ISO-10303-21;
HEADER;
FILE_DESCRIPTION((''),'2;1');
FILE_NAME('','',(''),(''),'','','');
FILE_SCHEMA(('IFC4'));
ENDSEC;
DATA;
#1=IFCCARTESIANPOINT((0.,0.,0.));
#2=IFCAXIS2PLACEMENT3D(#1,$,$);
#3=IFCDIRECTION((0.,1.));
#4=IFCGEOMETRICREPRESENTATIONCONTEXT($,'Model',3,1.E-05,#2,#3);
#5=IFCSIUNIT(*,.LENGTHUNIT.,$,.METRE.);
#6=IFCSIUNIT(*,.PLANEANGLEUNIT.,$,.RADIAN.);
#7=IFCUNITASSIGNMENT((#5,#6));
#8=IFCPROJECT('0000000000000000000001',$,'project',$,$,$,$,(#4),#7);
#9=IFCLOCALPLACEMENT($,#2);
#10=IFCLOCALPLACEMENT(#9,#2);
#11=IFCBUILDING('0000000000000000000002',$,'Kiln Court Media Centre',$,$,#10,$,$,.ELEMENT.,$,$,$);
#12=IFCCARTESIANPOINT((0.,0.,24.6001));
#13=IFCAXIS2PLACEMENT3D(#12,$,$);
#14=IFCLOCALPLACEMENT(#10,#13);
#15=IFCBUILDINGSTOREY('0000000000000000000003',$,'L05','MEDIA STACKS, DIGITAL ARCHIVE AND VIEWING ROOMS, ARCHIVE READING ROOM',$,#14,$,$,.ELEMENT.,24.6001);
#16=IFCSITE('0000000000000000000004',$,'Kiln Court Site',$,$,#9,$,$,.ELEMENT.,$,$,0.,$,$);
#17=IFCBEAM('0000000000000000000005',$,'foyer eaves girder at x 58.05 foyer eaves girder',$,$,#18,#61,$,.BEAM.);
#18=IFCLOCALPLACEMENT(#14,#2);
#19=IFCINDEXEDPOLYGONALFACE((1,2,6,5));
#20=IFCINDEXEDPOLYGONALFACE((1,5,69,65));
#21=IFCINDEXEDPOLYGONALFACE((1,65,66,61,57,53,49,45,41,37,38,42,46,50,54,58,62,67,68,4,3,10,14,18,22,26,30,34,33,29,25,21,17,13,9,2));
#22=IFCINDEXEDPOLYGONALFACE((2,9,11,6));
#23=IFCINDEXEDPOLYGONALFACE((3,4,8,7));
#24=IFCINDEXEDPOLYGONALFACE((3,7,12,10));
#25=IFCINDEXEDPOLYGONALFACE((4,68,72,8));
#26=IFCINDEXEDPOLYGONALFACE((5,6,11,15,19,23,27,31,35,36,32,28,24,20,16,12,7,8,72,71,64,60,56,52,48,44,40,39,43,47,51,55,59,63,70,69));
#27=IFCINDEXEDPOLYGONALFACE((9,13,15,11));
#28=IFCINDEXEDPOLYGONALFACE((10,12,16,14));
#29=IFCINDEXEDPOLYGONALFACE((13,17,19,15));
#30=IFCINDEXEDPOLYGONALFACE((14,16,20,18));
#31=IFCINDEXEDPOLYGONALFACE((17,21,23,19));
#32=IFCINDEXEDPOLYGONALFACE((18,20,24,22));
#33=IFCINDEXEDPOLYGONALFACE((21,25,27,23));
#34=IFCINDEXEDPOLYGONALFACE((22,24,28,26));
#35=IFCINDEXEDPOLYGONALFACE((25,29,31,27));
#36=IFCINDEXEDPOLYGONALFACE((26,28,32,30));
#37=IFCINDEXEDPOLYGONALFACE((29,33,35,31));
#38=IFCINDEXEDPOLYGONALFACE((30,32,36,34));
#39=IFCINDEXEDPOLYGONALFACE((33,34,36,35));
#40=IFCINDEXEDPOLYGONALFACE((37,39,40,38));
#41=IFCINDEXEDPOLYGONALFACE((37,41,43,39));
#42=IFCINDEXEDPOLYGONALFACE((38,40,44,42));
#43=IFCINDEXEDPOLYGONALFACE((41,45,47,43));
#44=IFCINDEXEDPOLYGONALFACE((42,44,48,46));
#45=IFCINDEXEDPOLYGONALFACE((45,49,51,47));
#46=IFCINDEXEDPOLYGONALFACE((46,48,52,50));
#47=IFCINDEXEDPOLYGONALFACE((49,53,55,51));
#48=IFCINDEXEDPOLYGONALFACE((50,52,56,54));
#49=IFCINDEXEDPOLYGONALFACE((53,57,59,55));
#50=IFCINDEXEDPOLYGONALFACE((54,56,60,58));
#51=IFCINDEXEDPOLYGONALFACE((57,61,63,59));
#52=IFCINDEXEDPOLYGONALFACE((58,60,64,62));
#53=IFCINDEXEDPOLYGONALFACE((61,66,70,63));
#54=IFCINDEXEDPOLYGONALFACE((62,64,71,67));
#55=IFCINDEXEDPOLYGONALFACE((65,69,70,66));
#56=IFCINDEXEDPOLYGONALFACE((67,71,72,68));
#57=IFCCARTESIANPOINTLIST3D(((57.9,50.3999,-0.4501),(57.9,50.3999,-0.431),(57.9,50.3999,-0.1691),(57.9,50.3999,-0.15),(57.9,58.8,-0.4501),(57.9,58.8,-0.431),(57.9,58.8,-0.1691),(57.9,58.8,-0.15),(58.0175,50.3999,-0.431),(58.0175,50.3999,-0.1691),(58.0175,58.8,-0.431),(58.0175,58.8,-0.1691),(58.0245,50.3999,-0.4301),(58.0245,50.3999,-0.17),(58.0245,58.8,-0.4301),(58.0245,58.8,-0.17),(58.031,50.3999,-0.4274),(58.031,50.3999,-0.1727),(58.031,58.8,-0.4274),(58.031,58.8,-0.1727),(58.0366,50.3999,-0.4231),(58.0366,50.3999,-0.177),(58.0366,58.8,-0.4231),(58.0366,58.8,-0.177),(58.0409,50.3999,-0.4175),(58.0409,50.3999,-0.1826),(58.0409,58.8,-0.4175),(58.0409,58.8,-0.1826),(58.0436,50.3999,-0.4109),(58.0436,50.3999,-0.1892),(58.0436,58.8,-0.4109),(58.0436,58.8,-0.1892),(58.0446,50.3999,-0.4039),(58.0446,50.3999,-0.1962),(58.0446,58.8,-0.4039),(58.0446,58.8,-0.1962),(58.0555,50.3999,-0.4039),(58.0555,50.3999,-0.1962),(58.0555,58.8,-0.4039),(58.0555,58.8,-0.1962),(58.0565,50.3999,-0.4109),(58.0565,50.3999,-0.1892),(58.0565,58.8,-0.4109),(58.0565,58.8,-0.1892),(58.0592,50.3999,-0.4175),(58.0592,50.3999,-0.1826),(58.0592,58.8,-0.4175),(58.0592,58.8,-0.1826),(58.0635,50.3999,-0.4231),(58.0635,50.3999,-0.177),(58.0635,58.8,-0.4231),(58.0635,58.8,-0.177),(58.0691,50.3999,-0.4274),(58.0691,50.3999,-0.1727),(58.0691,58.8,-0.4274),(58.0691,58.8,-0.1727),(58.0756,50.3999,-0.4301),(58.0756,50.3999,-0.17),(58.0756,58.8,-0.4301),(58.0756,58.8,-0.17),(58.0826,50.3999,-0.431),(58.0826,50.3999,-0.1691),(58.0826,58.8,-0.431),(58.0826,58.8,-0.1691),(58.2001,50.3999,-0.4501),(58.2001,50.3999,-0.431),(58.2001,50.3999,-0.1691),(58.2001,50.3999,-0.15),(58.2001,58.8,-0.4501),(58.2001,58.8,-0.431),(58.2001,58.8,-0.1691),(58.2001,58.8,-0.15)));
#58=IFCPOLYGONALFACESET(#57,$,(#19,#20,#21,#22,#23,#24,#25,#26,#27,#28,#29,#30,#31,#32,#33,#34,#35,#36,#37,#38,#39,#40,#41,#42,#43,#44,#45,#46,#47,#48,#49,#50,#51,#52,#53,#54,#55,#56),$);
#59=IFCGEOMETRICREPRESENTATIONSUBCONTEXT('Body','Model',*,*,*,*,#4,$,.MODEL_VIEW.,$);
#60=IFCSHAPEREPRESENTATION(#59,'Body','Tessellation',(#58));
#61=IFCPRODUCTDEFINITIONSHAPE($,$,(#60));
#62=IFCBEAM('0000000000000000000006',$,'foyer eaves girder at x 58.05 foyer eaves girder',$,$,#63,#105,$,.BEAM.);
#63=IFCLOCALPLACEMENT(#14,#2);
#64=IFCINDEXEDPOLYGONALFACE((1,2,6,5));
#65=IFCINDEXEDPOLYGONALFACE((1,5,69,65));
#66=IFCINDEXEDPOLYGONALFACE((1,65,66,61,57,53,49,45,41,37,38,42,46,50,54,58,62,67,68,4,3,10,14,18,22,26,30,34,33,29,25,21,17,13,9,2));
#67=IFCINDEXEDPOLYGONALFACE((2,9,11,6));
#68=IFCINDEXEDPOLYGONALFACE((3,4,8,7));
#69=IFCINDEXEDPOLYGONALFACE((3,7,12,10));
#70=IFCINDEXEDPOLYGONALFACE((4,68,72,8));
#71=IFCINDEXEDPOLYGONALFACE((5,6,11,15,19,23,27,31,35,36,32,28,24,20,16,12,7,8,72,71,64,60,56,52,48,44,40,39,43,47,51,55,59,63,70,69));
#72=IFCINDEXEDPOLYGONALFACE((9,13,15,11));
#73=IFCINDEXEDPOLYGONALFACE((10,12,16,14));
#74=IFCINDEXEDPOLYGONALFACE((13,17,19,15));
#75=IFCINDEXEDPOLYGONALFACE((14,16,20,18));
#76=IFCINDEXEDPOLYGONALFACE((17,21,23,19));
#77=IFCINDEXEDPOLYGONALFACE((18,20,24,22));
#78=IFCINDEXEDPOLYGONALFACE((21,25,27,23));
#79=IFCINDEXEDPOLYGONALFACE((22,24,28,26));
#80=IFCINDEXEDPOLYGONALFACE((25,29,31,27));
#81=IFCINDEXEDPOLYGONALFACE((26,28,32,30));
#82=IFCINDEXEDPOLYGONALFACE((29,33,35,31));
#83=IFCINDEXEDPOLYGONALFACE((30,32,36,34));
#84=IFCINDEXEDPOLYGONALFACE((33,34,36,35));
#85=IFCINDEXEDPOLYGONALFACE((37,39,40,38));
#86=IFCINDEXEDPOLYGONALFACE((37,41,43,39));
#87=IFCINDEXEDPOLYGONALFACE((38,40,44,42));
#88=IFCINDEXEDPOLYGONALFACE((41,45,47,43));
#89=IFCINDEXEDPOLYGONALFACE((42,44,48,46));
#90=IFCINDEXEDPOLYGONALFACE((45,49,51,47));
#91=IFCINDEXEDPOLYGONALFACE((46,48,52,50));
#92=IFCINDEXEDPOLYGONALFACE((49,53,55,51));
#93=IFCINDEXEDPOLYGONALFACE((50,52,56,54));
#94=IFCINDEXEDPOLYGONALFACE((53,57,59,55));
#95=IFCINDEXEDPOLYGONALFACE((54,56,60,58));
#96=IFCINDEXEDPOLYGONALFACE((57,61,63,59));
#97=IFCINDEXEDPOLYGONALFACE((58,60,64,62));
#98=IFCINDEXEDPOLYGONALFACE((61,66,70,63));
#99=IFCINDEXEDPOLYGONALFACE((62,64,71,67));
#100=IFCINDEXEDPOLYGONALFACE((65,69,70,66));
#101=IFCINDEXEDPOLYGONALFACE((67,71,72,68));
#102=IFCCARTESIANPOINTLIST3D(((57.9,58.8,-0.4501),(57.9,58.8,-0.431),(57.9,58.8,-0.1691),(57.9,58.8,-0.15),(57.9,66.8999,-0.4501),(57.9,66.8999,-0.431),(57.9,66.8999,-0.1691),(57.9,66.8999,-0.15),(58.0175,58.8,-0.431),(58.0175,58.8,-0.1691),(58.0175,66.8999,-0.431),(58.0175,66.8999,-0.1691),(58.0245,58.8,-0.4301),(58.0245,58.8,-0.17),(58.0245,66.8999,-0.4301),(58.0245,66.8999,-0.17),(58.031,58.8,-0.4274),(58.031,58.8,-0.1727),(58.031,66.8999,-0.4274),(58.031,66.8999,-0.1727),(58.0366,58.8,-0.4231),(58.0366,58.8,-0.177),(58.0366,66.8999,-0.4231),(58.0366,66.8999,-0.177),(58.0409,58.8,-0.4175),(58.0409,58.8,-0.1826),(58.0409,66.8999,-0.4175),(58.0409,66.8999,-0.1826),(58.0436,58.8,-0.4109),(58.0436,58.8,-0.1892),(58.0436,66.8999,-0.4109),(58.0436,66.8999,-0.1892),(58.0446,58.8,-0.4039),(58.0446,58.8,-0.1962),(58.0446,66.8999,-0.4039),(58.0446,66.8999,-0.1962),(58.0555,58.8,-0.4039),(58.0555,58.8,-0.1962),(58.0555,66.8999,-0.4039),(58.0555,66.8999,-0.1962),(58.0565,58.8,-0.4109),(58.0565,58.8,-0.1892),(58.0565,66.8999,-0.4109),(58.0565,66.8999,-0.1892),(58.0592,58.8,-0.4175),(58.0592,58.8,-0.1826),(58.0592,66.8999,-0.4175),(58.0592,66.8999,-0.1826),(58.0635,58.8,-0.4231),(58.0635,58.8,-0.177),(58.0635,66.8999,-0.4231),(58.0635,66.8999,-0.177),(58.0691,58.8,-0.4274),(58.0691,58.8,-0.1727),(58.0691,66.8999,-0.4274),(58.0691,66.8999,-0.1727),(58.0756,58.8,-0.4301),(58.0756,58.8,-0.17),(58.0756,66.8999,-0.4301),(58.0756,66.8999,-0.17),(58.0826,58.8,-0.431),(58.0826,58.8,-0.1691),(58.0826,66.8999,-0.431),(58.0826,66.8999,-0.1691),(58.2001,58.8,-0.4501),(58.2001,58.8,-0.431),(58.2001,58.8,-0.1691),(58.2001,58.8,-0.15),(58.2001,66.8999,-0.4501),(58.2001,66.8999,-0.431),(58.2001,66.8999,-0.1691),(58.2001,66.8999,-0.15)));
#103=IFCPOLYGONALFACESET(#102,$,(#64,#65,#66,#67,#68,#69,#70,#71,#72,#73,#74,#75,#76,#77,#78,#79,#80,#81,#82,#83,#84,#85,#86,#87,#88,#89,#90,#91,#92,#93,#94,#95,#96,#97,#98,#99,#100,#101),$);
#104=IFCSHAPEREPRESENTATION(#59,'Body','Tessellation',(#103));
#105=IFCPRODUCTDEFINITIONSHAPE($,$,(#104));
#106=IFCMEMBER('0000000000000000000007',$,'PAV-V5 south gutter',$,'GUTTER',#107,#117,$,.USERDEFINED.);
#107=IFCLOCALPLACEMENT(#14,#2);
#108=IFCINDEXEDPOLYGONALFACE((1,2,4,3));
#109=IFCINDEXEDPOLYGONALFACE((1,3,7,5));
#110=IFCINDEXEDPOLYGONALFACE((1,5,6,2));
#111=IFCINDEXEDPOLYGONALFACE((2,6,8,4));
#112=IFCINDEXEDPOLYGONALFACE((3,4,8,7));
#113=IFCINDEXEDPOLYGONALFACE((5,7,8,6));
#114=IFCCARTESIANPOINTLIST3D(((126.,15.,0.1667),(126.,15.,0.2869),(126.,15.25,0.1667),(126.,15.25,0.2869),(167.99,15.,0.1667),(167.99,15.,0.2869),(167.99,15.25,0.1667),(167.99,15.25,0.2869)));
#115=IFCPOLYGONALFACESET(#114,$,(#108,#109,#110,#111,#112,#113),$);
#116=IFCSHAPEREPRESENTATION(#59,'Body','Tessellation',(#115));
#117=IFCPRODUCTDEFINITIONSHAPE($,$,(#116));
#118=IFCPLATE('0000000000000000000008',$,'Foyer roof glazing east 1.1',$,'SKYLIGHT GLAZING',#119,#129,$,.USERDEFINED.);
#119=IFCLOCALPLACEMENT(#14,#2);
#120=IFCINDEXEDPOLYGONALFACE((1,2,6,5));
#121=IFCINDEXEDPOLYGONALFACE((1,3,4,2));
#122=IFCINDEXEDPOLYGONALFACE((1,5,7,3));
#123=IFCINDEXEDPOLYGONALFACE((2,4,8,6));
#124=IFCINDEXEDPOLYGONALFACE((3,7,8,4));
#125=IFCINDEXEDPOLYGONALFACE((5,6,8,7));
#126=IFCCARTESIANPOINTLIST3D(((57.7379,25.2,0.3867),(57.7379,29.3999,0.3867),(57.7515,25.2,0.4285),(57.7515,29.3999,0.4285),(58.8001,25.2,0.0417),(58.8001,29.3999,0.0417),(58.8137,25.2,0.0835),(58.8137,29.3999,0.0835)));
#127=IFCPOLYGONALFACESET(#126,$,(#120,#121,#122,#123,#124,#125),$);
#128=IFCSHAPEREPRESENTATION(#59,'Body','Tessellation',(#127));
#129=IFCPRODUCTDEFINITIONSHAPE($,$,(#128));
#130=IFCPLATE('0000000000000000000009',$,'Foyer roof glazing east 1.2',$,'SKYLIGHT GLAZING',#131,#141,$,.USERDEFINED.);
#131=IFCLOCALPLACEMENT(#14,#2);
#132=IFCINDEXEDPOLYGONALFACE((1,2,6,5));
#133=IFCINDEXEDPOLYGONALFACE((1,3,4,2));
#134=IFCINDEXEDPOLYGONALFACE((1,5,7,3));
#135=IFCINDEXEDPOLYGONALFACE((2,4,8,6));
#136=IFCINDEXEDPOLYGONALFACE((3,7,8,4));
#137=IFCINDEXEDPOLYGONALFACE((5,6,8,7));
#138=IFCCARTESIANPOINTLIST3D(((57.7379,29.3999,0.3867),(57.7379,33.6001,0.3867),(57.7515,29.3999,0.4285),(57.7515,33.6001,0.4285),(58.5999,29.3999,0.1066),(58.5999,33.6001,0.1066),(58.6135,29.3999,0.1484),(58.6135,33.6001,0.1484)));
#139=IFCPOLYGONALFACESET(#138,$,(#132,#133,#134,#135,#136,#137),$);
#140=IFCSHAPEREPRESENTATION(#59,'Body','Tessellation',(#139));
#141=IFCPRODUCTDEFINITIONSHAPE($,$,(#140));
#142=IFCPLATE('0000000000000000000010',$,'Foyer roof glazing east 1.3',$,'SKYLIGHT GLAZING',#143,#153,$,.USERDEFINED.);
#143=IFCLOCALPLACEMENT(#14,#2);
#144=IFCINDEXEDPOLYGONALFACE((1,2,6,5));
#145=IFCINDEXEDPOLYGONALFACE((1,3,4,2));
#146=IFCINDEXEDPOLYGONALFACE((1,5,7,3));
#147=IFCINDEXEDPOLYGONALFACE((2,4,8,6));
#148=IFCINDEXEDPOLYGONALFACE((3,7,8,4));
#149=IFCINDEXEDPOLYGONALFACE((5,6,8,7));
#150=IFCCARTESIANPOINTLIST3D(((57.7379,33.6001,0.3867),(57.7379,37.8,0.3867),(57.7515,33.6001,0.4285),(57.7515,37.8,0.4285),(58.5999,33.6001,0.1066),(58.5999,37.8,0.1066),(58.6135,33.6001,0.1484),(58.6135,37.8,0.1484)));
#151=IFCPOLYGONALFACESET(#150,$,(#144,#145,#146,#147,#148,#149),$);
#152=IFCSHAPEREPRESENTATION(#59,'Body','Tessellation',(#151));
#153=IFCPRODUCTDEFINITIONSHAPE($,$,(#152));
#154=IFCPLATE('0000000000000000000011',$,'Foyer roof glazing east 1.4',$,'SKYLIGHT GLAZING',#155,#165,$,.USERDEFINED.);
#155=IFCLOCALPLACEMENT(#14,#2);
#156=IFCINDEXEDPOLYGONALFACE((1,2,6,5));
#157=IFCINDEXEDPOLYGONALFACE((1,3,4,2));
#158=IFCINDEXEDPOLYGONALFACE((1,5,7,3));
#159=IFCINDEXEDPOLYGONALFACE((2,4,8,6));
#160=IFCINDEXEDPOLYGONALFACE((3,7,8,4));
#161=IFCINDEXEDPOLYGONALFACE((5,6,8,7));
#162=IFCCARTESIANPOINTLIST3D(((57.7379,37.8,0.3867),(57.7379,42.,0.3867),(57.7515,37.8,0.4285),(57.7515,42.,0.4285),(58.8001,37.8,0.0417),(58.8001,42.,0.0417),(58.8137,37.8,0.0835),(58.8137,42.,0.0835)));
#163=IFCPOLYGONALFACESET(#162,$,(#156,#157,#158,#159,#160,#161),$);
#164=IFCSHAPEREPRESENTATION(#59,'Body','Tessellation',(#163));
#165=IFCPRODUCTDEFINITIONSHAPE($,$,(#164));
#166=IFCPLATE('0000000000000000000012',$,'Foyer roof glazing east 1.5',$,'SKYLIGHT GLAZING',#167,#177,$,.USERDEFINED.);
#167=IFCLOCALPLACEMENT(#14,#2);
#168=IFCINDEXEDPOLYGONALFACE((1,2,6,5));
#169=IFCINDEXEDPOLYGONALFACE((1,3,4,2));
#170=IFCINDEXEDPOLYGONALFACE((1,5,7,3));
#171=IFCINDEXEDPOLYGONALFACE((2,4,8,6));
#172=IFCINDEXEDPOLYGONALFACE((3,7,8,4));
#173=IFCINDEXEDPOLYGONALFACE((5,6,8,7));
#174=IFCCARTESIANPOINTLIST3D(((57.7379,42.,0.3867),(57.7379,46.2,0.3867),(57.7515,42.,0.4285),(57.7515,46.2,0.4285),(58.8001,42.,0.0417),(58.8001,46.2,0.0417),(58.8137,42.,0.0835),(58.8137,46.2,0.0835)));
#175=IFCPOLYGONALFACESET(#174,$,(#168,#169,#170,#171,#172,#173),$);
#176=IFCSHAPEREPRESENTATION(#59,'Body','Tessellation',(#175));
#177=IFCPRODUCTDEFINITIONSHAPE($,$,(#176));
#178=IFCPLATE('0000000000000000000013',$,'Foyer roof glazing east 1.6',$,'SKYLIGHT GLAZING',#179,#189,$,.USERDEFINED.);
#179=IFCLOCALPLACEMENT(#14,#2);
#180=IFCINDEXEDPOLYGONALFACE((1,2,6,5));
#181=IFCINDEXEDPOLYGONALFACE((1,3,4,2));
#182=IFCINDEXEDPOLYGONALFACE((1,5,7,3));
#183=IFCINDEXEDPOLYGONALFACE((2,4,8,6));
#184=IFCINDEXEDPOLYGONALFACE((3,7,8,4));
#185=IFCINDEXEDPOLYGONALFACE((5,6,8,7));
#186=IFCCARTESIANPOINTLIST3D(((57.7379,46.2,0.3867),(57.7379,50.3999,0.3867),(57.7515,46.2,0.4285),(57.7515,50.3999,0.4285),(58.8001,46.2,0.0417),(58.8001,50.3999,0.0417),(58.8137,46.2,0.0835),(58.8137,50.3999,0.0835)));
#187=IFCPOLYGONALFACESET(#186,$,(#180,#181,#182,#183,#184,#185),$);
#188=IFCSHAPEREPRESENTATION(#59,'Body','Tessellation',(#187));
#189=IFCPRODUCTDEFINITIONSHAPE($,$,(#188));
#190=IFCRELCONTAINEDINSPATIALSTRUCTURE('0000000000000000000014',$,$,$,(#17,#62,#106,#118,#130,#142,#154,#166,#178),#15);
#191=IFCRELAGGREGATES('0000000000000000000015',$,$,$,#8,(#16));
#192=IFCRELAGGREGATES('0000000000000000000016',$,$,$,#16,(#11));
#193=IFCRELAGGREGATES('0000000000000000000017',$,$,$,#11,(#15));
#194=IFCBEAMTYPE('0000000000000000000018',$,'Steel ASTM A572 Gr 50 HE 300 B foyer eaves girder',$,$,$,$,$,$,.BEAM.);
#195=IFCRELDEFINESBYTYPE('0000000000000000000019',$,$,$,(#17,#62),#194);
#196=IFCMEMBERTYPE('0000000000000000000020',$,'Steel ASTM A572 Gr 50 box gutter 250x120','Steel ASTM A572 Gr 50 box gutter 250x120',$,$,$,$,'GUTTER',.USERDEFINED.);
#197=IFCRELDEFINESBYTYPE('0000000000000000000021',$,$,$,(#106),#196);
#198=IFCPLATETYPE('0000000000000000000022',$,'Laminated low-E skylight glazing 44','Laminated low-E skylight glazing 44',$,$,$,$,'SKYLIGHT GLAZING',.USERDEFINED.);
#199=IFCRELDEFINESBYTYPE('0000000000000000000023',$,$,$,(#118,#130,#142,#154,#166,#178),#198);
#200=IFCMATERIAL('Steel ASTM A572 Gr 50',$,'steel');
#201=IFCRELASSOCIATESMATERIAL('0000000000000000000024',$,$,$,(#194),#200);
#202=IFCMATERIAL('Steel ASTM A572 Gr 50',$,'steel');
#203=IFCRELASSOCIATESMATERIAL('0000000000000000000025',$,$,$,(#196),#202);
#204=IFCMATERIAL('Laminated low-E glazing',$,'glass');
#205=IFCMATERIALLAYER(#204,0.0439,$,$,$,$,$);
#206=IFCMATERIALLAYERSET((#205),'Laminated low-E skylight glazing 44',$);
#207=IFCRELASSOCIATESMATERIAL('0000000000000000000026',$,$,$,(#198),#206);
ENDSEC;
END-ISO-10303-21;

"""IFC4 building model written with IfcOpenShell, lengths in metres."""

from ifc_helpers import new_model, si_unit, direction, frame, origin, origin_2d, place, context, subcontext, project, spatial, polyline, rectangle, i_section, outline, extrude, material, layer, layer_set, material_profile, profile_set, type_object, element, save


model = new_model("IFC4")

# Units and contexts
model_context = context("Model", 3, precision=1e-05, world=origin(), true_north=direction((0.0, 1.0)))
body_context = subcontext(model_context, "Body", "Model", "MODEL_VIEW")
ifc_project = project(units=[si_unit("LENGTHUNIT", "METRE"), si_unit("PLANEANGLEUNIT", "RADIAN")], contexts=[model_context])

# Site, building, storey
site_placement = place(None, origin())
site = spatial("IfcSite", under=ifc_project, at=site_placement, Name="Kiln Court Site", CompositionType="ELEMENT", RefElevation=0.0)
building_placement = place(site_placement, origin())
building = spatial("IfcBuilding", under=site, at=building_placement, Name="Kiln Court Media Centre", CompositionType="ELEMENT")
storey_placement = place(building_placement, frame((0.0, 0.0, 24.6001)))
storey = spatial("IfcBuildingStorey", under=building, at=storey_placement, Name="L05", Description="MEDIA STACKS, DIGITAL ARCHIVE AND VIEWING ROOMS, ARCHIVE READING ROOM", CompositionType="ELEMENT", Elevation=24.6001)

# Beams
ifc_material_1 = material(Name="Steel ASTM A572 Gr 50", Category="steel")
ifc_material_profile_1 = material_profile(ifc_material_1, i_section(OverallWidth=0.3, OverallDepth=0.3, WebThickness=0.011, FlangeThickness=0.019, FilletRadius=0.0271, at=origin_2d()), Name="HE 300 B")
ifc_profile_set_1 = profile_set([ifc_material_profile_1], Name="Steel ASTM A572 Gr 50")
beam_type_1 = type_object("IfcBeamType", Name="Steel ASTM A572 Gr 50 HE 300 B foyer eaves girder", PredefinedType="BEAM", material=ifc_profile_set_1)
beam_1_placement = place(storey_placement, frame((58.05, 50.3999, -0.3), z_axis=(0.0, 1.0, 0.0), x_axis=(-1.0, 0.0, 0.0)))
element("IfcBeam", 1, at=beam_1_placement, inside=storey, type_object=beam_type_1, Name="foyer eaves girder at x 58.05 foyer eaves girder", PredefinedType="BEAM", context=body_context, shape_type="SweptSolid", body=[
    extrude(i_section(OverallWidth=0.3, OverallDepth=0.3, WebThickness=0.011, FlangeThickness=0.019, FilletRadius=0.0271, at=origin_2d()), origin(), (0.0, 0.0, 1.0), 8.4001),
])
beam_2_placement = place(storey_placement, frame((58.05, 58.8, -0.3), z_axis=(0.0, 1.0, 0.0), x_axis=(-1.0, 0.0, 0.0)))
element("IfcBeam", 2, at=beam_2_placement, inside=storey, type_object=beam_type_1, Name="foyer eaves girder at x 58.05 foyer eaves girder", PredefinedType="BEAM", context=body_context, shape_type="SweptSolid", body=[
    extrude(i_section(OverallWidth=0.3, OverallDepth=0.3, WebThickness=0.011, FlangeThickness=0.019, FilletRadius=0.0271, at=origin_2d()), origin(), (0.0, 0.0, 1.0), 8.0999),
])

# Member
ifc_material_2 = material(Name="Steel ASTM A572 Gr 50", Category="steel")
ifc_material_profile_2 = material_profile(ifc_material_2, rectangle(XDim=0.25, YDim=0.1201, at=origin_2d()), Name="Steel ASTM A572 Gr 50 box gutter 250x120")
ifc_profile_set_2 = profile_set([ifc_material_profile_2], Name="Steel ASTM A572 Gr 50")
member_type = type_object("IfcMemberType", Name="Steel ASTM A572 Gr 50 box gutter 250x120", Description="Steel ASTM A572 Gr 50 box gutter 250x120", ElementType="GUTTER", PredefinedType="USERDEFINED", material=ifc_profile_set_2)
member_placement = place(storey_placement, frame((167.99, 15.125, 0.2268), z_axis=(-1.0, 0.0, 0.0), x_axis=(0.0, -1.0, 0.0)))
element("IfcMember", 3, at=member_placement, inside=storey, type_object=member_type, Name="PAV-V5 south gutter", ObjectType="GUTTER", PredefinedType="USERDEFINED", context=body_context, shape_type="SweptSolid", body=[
    extrude(rectangle(XDim=0.25, YDim=0.1201, at=origin_2d()), origin(), (0.0, 0.0, 1.0), 41.99),
])

# Plates
ifc_material_3 = material(Name="Laminated low-E glazing", Category="glass")
ifc_layer_1 = layer(ifc_material_3, 0.0439)
ifc_layer_set_1 = layer_set([ifc_layer_1], Name="Laminated low-E skylight glazing 44")
plate_type_1 = type_object("IfcPlateType", Name="Laminated low-E skylight glazing 44", Description="Laminated low-E skylight glazing 44", ElementType="SKYLIGHT GLAZING", PredefinedType="USERDEFINED", material=ifc_layer_set_1)
plate_1_placement = place(storey_placement, frame((58.8137, 29.3999, 0.0835), z_axis=(0.308874, 0.0, 0.951103), x_axis=(-0.951103, 0.0, 0.308874)))
element("IfcPlate", 4, at=plate_1_placement, inside=storey, type_object=plate_type_1, Name="Foyer roof glazing east 1.1", ObjectType="SKYLIGHT GLAZING", PredefinedType="USERDEFINED", context=body_context, shape_type="SweptSolid", body=[
    extrude(outline(polyline([(0.0, 0.0), (1.1169, 0.0), (1.1169, 4.2), (0.0, 4.2), (0.0, 0.0)])), origin(), (0.0, 0.0, -1.0), 0.0439),
])
plate_2_placement = place(storey_placement, frame((58.6135, 33.6001, 0.1484), z_axis=(0.308946, 0.0, 0.95108), x_axis=(-0.95108, 0.0, 0.308946)))
element("IfcPlate", 5, at=plate_2_placement, inside=storey, type_object=plate_type_1, Name="Foyer roof glazing east 1.2", ObjectType="SKYLIGHT GLAZING", PredefinedType="USERDEFINED", context=body_context, shape_type="SweptSolid", body=[
    extrude(outline(polyline([(0.0, 0.0), (0.9064, 0.0), (0.9064, 4.2002), (0.0, 4.2002), (0.0, 0.0)])), origin(), (0.0, 0.0, -1.0), 0.0439),
])
plate_3_placement = place(storey_placement, frame((58.6135, 37.8, 0.1484), z_axis=(0.308946, 0.0, 0.95108), x_axis=(-0.95108, 0.0, 0.308946)))
element("IfcPlate", 6, at=plate_3_placement, inside=storey, type_object=plate_type_1, Name="Foyer roof glazing east 1.3", ObjectType="SKYLIGHT GLAZING", PredefinedType="USERDEFINED", context=body_context, shape_type="SweptSolid", body=[
    extrude(outline(polyline([(0.0, 0.0), (0.9064, 0.0), (0.9064, 4.2), (0.0, 4.2), (0.0, 0.0)])), origin(), (0.0, 0.0, -1.0), 0.0439),
])
for number, where, z_axis, x_axis, name in (
    (7, (58.8137, 42.0, 0.0835), (0.308874, 0.0, 0.951103), (-0.951103, 0.0, 0.308874), "Foyer roof glazing east 1.4"),
    (8, (58.8137, 46.2, 0.0835), (0.308874, 0.0, 0.951103), (-0.951103, 0.0, 0.308874), "Foyer roof glazing east 1.5"),
    (9, (58.8137, 50.3999, 0.0835), (0.308874, 0.0, 0.951103), (-0.951103, 0.0, 0.308874), "Foyer roof glazing east 1.6"),
):
    element("IfcPlate", number, at=place(storey_placement, frame(where, z_axis=z_axis, x_axis=x_axis)), inside=storey, type_object=plate_type_1, Name=name, ObjectType="SKYLIGHT GLAZING", PredefinedType="USERDEFINED", context=body_context, shape_type="SweptSolid", body=[
        extrude(outline(polyline([(0.0, 0.0), (1.1169, 0.0), (1.1169, 4.2), (0.0, 4.2), (0.0, 0.0)])), origin(), (0.0, 0.0, -1.0), 0.0439),
    ])

save(model, "model.ifc")
